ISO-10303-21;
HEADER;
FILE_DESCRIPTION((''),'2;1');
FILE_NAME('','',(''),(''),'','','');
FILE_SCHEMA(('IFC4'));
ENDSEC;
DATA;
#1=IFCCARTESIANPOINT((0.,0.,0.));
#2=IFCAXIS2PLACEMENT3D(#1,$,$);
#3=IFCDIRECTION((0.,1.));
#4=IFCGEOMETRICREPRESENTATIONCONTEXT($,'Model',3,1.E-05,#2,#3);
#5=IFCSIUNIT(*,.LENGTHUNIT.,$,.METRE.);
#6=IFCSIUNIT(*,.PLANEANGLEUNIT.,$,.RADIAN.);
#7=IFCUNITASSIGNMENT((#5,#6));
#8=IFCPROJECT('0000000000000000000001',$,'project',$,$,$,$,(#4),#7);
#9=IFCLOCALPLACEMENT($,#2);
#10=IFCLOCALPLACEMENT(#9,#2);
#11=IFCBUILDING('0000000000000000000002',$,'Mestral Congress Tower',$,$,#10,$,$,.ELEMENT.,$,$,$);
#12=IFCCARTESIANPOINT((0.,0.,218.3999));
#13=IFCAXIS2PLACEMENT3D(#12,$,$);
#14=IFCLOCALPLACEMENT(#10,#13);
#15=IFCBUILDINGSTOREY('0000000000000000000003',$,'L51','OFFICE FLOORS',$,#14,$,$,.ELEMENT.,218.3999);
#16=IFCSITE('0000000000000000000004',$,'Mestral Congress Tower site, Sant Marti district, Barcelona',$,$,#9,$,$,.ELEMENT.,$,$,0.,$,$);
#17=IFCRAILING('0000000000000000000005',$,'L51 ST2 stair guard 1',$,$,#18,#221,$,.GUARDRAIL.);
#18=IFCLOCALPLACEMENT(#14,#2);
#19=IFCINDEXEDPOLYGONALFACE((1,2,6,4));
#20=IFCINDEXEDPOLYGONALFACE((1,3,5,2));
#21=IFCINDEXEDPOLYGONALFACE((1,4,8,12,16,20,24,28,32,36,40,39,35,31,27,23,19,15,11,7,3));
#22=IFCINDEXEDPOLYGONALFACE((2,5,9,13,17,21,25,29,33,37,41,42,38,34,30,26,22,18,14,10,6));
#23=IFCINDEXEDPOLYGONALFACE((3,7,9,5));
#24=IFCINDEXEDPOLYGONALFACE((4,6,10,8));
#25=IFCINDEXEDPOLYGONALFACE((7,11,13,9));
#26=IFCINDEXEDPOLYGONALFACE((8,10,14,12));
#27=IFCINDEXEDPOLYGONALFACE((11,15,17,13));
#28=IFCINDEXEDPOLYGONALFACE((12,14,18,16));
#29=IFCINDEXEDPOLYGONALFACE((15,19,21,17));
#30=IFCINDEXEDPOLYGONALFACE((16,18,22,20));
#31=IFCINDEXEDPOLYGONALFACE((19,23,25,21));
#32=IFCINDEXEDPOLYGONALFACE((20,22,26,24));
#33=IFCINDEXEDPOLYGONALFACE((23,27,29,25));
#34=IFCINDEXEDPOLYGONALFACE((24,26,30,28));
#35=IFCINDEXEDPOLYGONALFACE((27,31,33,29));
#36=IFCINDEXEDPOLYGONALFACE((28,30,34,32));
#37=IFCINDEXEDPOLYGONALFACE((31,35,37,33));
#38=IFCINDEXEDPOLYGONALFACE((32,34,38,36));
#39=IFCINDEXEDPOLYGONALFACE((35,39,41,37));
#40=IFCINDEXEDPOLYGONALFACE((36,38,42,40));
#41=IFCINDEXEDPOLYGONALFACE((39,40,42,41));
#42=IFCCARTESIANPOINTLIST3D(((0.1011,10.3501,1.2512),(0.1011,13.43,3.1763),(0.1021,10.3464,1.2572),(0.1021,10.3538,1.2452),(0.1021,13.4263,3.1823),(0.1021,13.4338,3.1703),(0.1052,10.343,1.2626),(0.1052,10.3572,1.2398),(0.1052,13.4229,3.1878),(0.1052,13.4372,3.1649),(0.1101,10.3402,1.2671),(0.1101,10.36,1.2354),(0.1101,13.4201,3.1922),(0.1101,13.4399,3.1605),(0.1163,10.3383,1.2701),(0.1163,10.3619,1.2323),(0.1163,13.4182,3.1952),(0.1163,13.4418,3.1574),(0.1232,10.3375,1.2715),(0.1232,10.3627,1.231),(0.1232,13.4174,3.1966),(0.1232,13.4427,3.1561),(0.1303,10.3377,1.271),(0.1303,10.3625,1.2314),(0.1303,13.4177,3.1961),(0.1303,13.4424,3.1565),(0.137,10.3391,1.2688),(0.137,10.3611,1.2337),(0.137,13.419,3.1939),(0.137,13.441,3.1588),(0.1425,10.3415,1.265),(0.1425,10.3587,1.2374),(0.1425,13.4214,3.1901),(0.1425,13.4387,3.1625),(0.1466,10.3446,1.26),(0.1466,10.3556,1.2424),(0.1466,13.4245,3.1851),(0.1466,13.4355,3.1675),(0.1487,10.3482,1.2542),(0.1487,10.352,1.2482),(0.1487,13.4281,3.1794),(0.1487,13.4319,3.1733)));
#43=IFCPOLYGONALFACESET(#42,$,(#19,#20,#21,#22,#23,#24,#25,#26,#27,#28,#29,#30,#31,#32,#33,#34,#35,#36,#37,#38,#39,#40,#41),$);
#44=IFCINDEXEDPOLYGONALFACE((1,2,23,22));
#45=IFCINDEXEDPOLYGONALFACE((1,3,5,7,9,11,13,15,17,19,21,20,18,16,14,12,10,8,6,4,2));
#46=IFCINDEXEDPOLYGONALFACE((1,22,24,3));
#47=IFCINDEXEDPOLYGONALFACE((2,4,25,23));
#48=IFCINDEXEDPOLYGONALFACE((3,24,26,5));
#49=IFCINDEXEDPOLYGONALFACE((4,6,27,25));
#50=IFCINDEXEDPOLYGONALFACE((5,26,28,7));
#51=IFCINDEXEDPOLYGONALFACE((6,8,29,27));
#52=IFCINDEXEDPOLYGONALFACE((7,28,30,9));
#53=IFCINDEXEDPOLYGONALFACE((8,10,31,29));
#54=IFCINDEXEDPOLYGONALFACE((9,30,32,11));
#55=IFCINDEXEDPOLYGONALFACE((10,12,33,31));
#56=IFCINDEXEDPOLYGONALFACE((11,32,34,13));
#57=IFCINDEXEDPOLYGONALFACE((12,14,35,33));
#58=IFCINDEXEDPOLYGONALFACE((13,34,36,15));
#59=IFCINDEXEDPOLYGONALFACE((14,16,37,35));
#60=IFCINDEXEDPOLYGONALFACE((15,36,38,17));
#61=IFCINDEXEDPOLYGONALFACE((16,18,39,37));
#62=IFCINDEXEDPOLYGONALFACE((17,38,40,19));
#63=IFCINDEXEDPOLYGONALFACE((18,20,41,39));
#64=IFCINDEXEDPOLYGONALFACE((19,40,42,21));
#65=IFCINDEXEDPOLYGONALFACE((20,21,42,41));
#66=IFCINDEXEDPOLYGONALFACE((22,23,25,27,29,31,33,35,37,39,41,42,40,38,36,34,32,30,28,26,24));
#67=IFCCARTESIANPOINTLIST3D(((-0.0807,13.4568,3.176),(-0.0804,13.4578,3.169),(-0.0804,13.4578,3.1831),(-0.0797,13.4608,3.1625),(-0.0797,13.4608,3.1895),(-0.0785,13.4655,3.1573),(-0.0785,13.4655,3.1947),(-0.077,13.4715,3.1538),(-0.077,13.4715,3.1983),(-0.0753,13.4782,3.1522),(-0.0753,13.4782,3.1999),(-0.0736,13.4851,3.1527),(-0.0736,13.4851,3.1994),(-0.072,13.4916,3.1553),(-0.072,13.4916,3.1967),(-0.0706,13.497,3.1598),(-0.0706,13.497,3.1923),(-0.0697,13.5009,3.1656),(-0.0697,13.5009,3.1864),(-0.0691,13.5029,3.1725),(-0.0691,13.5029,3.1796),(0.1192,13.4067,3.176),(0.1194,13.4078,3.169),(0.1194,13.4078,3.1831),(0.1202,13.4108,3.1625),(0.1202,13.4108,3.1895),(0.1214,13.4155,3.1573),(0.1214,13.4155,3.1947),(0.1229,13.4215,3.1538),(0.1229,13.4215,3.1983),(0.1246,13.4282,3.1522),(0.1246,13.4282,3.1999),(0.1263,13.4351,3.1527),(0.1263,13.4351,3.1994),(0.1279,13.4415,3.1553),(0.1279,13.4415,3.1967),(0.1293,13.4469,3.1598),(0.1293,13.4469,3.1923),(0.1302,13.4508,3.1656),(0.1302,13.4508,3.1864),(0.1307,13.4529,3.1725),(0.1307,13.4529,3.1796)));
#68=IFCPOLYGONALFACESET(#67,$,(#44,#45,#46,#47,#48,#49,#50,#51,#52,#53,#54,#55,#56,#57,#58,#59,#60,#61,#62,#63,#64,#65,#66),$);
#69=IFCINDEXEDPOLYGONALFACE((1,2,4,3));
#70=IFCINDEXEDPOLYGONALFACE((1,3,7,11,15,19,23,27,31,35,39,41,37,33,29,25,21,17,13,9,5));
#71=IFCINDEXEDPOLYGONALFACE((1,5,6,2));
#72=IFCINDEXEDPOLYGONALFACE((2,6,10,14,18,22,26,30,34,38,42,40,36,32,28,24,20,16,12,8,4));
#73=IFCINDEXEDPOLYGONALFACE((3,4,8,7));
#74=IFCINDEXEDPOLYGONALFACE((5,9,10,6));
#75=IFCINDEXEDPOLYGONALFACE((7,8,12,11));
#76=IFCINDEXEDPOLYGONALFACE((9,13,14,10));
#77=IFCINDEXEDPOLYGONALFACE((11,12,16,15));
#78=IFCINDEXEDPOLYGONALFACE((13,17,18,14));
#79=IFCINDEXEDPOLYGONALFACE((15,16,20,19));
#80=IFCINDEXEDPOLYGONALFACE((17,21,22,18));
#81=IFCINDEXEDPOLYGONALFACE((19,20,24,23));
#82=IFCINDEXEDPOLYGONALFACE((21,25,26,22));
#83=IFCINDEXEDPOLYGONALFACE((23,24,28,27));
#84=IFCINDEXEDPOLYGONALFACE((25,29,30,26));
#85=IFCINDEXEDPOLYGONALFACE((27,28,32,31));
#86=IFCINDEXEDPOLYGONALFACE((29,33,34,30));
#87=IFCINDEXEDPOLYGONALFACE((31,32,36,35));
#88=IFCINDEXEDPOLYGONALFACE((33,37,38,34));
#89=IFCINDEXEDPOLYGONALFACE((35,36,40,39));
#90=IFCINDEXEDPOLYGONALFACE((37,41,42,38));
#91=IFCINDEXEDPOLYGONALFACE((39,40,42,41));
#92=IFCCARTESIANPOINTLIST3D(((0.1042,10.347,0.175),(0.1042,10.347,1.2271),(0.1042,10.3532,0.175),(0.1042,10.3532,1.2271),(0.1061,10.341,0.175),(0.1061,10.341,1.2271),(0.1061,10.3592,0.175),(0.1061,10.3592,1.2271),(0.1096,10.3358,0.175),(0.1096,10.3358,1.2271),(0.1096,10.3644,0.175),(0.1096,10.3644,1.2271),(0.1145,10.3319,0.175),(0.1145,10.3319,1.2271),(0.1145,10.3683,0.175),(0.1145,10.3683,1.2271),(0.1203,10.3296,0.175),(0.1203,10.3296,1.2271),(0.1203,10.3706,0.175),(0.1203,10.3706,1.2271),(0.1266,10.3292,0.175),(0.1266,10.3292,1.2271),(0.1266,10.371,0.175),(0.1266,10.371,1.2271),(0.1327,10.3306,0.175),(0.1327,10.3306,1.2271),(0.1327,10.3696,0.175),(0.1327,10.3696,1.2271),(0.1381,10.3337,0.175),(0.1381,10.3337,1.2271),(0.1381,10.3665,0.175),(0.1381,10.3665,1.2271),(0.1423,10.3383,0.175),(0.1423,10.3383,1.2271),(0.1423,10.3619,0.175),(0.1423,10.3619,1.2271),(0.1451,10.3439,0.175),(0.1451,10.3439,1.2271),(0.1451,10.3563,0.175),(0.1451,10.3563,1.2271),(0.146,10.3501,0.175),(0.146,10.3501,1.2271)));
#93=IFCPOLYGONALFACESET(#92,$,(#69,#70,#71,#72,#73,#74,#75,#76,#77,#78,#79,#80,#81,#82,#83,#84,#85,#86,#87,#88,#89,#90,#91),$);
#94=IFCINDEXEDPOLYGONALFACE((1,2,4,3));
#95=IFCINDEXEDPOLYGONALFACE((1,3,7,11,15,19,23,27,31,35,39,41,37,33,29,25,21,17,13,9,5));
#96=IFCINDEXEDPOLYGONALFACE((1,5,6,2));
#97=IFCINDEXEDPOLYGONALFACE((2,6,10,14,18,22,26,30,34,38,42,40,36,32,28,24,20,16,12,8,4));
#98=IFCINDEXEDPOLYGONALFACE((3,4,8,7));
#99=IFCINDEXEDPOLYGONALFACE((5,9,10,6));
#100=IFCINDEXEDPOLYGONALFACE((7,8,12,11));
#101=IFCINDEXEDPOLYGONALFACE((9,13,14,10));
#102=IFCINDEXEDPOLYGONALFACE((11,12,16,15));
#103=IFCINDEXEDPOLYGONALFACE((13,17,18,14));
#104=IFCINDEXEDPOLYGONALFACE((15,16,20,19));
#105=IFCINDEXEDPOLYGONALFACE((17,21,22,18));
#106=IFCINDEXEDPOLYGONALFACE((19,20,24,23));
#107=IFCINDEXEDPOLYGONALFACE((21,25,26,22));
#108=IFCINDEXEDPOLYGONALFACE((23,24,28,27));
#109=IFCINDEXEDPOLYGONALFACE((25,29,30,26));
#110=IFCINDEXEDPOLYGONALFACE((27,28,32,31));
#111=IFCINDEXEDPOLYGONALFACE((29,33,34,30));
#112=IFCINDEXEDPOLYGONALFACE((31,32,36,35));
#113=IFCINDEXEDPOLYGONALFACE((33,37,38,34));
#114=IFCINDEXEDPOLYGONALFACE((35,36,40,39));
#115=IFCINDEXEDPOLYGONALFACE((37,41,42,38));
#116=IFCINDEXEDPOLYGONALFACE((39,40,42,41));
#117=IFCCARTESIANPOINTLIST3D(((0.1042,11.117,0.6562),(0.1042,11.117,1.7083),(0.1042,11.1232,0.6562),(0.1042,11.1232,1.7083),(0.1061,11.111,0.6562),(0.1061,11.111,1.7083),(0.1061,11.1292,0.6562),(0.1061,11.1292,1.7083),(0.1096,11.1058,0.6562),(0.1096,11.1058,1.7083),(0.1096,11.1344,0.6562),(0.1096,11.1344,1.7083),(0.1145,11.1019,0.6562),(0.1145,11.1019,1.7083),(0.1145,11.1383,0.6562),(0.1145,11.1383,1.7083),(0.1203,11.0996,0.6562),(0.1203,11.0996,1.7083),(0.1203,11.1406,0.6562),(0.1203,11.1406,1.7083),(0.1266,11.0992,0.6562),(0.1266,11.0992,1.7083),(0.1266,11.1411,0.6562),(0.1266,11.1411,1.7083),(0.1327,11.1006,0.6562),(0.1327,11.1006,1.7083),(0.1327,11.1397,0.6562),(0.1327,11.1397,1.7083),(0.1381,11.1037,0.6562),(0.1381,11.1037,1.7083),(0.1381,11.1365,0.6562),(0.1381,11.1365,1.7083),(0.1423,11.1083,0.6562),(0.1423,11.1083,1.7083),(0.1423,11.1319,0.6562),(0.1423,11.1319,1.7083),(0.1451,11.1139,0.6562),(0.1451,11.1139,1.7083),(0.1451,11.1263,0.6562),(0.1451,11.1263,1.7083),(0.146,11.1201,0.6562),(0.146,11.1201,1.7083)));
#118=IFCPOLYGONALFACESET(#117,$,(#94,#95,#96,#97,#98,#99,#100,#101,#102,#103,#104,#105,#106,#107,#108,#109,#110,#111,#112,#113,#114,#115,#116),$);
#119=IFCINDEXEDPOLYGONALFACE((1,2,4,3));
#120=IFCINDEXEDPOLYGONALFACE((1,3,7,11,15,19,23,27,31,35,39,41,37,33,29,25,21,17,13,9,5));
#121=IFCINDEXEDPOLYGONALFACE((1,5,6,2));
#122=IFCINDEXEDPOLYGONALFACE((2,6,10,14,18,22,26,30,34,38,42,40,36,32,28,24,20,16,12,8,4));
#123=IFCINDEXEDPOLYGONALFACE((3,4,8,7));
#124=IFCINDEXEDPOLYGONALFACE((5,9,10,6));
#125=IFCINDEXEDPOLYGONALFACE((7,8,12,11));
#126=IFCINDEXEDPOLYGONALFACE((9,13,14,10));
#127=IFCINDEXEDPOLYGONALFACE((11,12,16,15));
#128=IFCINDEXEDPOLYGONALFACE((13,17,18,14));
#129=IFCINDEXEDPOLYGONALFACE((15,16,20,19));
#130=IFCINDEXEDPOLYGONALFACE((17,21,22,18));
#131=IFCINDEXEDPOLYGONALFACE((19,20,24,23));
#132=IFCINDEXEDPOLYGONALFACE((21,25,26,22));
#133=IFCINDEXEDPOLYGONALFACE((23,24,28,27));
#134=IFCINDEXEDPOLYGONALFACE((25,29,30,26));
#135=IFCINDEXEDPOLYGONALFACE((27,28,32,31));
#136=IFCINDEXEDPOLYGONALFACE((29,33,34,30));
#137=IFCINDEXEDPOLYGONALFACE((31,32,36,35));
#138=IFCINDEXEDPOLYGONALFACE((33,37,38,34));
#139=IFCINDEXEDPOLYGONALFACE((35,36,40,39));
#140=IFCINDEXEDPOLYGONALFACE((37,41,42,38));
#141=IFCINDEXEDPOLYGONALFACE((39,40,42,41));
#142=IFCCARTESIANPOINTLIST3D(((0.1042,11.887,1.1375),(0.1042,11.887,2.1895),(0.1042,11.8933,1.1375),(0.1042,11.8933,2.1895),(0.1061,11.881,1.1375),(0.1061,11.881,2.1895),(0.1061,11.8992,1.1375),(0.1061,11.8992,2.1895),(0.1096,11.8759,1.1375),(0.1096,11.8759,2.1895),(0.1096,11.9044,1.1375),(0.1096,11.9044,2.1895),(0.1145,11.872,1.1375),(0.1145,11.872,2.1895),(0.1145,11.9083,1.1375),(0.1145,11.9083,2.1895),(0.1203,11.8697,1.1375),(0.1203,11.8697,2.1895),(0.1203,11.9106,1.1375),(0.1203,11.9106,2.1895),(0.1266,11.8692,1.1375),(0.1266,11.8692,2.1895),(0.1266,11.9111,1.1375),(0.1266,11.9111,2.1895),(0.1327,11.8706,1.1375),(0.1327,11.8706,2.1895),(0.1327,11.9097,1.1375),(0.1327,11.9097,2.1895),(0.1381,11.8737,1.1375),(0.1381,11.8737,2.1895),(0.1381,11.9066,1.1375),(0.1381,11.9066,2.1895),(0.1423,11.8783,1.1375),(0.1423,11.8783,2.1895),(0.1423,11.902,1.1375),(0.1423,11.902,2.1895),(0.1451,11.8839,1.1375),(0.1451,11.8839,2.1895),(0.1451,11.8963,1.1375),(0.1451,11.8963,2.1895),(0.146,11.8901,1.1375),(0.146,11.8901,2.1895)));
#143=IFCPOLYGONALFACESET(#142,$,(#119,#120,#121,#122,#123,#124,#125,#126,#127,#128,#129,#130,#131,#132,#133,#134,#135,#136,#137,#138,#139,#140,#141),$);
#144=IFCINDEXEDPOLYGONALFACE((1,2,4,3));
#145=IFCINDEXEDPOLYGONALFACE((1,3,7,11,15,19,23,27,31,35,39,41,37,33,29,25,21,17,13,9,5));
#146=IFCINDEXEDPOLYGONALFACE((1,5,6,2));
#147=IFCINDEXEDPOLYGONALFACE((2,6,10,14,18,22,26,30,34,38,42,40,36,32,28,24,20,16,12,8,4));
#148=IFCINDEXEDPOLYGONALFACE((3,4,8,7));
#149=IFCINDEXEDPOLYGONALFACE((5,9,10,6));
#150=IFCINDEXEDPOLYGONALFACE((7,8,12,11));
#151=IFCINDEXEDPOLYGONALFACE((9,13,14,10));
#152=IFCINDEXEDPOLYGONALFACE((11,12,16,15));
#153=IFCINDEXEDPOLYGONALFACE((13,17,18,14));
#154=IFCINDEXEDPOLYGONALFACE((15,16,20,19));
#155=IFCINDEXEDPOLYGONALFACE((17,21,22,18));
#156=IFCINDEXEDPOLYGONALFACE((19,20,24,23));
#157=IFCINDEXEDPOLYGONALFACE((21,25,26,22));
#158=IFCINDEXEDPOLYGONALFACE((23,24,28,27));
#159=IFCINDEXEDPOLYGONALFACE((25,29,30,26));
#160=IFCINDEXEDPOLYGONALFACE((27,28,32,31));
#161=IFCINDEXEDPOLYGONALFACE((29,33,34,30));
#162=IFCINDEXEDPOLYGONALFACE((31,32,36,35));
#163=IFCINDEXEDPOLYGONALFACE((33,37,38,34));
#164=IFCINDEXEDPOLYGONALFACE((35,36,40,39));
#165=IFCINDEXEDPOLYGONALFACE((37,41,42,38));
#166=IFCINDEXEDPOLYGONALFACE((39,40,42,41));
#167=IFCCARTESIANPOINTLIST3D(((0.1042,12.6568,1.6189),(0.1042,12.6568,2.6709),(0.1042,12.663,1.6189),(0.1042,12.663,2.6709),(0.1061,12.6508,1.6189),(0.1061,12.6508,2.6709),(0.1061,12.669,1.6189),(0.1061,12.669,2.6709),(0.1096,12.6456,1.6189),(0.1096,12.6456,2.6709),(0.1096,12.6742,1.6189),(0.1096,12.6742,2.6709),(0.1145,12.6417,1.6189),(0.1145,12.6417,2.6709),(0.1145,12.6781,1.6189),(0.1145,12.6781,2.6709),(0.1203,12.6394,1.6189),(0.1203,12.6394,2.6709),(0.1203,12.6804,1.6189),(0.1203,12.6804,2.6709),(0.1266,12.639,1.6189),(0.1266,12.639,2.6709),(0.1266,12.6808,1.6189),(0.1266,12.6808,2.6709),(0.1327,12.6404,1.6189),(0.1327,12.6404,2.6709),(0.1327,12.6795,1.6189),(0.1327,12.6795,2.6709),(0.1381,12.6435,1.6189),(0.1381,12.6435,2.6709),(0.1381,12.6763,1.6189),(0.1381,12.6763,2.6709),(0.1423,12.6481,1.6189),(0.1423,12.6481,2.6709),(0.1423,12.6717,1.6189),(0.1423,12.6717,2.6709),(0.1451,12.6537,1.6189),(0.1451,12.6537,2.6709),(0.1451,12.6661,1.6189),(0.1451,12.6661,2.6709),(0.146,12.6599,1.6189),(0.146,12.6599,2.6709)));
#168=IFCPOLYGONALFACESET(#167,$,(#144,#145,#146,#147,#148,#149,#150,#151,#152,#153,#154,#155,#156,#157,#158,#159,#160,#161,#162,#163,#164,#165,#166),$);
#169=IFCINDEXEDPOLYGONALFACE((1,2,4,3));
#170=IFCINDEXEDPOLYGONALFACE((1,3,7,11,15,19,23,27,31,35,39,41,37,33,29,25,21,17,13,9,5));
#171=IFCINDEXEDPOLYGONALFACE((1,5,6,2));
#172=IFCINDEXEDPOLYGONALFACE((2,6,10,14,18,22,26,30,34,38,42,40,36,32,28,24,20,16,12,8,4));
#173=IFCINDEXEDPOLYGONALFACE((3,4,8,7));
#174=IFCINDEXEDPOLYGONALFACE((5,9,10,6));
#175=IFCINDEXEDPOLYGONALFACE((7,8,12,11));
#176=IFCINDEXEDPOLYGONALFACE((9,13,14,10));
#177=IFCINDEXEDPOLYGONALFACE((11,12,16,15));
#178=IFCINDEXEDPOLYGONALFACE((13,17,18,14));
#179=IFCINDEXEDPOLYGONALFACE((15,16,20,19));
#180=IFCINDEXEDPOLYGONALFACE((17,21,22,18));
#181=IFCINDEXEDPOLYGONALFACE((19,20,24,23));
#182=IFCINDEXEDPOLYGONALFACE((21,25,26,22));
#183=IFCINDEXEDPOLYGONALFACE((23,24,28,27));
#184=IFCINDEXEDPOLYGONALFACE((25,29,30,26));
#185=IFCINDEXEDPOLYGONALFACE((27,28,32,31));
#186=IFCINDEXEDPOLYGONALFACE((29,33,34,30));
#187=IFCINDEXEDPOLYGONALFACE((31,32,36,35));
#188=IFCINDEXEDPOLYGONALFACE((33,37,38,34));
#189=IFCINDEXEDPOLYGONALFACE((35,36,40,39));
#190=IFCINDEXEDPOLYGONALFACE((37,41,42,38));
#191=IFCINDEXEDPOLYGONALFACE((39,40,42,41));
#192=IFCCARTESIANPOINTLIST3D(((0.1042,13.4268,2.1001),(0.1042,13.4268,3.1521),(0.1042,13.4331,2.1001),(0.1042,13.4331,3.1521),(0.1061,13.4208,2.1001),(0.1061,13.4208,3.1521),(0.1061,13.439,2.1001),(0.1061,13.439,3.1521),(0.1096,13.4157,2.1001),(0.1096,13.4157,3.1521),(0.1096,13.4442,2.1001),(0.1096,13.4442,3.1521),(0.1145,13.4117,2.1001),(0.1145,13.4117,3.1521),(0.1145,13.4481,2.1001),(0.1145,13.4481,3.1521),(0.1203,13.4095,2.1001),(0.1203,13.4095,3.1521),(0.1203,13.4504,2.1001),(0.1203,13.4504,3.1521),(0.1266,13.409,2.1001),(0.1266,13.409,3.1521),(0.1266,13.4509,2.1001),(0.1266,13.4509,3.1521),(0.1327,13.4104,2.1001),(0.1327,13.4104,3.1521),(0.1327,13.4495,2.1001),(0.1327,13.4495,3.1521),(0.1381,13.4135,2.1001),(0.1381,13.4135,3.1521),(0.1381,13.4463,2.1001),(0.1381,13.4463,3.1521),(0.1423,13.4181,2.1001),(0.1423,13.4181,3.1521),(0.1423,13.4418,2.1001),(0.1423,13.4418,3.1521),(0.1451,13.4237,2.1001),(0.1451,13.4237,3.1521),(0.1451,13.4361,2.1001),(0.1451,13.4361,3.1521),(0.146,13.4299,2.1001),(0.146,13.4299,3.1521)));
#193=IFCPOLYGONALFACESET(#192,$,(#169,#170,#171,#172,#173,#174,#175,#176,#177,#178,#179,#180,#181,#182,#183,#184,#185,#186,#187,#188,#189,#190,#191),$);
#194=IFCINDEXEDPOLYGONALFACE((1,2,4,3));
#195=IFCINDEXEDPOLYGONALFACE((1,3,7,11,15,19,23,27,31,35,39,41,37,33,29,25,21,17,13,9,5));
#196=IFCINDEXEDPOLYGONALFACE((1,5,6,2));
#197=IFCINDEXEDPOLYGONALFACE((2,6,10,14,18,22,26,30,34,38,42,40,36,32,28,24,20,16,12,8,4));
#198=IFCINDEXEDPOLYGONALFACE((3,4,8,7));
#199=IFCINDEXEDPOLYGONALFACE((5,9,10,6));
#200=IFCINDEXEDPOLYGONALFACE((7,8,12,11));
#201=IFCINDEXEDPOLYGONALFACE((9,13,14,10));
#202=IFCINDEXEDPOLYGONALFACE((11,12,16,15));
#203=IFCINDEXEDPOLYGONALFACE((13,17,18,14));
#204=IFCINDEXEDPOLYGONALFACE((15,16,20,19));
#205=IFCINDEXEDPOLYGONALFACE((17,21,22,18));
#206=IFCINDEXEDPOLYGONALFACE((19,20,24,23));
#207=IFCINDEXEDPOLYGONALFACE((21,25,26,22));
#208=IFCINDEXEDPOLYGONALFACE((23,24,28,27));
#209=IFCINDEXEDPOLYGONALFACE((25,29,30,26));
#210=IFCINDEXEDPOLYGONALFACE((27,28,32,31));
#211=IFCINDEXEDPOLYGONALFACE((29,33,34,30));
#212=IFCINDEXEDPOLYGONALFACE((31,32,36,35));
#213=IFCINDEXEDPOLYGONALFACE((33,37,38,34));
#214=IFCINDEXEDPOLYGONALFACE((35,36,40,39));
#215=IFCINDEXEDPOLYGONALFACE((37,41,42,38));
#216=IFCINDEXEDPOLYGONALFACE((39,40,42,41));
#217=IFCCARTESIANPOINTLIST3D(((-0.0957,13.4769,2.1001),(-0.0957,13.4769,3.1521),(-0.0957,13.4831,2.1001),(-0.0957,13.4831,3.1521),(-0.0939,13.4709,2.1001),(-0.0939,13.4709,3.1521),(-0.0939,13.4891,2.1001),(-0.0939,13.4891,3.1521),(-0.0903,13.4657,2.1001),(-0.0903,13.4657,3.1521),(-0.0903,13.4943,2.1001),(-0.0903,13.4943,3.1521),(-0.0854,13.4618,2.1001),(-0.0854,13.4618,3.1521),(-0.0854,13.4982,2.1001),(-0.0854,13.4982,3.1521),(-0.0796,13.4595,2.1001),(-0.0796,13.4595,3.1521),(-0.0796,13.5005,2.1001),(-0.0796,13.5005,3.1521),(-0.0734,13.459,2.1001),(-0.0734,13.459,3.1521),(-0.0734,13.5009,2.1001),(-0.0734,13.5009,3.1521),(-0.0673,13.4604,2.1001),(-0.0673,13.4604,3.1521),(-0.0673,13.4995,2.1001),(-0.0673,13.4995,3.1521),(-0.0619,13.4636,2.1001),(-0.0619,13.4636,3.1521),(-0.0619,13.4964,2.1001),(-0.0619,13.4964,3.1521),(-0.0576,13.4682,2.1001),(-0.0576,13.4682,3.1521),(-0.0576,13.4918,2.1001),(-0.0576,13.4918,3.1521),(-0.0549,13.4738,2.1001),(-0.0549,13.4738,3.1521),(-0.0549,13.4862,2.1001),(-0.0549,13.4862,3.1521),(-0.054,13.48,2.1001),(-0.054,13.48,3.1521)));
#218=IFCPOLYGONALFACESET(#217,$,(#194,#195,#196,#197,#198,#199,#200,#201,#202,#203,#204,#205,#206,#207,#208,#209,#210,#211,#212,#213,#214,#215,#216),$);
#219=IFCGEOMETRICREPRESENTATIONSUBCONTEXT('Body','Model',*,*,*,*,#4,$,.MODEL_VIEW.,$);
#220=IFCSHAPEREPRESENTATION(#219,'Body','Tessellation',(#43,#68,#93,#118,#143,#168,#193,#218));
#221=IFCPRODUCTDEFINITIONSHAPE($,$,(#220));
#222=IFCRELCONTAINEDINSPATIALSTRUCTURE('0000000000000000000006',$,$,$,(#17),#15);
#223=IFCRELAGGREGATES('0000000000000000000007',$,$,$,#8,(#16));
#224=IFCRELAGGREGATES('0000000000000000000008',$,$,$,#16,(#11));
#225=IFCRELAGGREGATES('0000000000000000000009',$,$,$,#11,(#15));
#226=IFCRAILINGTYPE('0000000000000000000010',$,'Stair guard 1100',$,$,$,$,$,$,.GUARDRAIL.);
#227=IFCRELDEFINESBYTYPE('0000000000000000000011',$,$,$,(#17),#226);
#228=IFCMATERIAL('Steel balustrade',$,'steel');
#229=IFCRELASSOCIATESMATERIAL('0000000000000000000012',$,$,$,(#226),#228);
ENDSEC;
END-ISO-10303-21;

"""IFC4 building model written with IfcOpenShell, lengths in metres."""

from ifc_helpers import new_model, si_unit, direction, frame, origin, origin_2d, place, context, subcontext, project, spatial, circle, extrude, material, type_object, element, save


model = new_model("IFC4")

# Units and contexts
model_context = context("Model", 3, precision=1e-05, world=origin(), true_north=direction((0.0, 1.0)))
body_context = subcontext(model_context, "Body", "Model", "MODEL_VIEW")
ifc_project = project(units=[si_unit("LENGTHUNIT", "METRE"), si_unit("PLANEANGLEUNIT", "RADIAN")], contexts=[model_context])

# Site, building, storey
site_placement = place(None, origin())
site = spatial("IfcSite", under=ifc_project, at=site_placement, Name="Mestral Congress Tower site, Sant Marti district, Barcelona", CompositionType="ELEMENT", RefElevation=0.0)
building_placement = place(site_placement, origin())
building = spatial("IfcBuilding", under=site, at=building_placement, Name="Mestral Congress Tower", CompositionType="ELEMENT")
storey_placement = place(building_placement, frame((0.0, 0.0, 218.3999)))
storey = spatial("IfcBuildingStorey", under=building, at=storey_placement, Name="L51", Description="OFFICE FLOORS", CompositionType="ELEMENT", Elevation=218.3999)

# Railing
ifc_material_1 = material(Name="Steel balustrade", Category="steel")
railing_type_1 = type_object("IfcRailingType", Name="Stair guard 1100", PredefinedType="GUARDRAIL", material=ifc_material_1)
railing_1_placement = place(storey_placement, frame((0.125, 10.3501, 0.175)))
element("IfcRailing", 1, at=railing_1_placement, inside=storey, type_object=railing_type_1, Name="L51 ST2 stair guard 1", PredefinedType="GUARDRAIL", context=body_context, shape_type="SweptSolid", body=[
    extrude(circle(Radius=0.0239, at=origin_2d()), frame((0.0, 0.0, 1.0762), z_axis=(0.0, 0.847979, 0.530029), x_axis=(-1.0, 0.0, 0.0)), (0.0, 0.0, 1.0), 3.6321),
    extrude(circle(Radius=0.0239, at=origin_2d()), frame((0.0, 3.0798, 3.001), z_axis=(-0.970073, 0.242814, 0.0), x_axis=(-0.242814, -0.970073, 0.0)), (0.0, 0.0, 1.0), 0.2061),
    extrude(circle(Radius=0.021, at=origin_2d()), origin(), (0.0, 0.0, 1.0), 1.052),
    extrude(circle(Radius=0.021, at=origin_2d()), frame((0.0, 0.77, 0.4812)), (0.0, 0.0, 1.0), 1.052),
    extrude(circle(Radius=0.021, at=origin_2d()), frame((0.0, 1.54, 0.9624)), (0.0, 0.0, 1.0), 1.052),
    extrude(circle(Radius=0.021, at=origin_2d()), frame((0.0, 2.3098, 1.4438)), (0.0, 0.0, 1.0), 1.052),
    extrude(circle(Radius=0.021, at=origin_2d()), frame((0.0, 3.0798, 1.925)), (0.0, 0.0, 1.0), 1.052),
    extrude(circle(Radius=0.021, at=origin_2d()), frame((-0.2, 3.1299, 1.925)), (0.0, 0.0, 1.0), 1.052),
])

save(model, "model.ifc")
